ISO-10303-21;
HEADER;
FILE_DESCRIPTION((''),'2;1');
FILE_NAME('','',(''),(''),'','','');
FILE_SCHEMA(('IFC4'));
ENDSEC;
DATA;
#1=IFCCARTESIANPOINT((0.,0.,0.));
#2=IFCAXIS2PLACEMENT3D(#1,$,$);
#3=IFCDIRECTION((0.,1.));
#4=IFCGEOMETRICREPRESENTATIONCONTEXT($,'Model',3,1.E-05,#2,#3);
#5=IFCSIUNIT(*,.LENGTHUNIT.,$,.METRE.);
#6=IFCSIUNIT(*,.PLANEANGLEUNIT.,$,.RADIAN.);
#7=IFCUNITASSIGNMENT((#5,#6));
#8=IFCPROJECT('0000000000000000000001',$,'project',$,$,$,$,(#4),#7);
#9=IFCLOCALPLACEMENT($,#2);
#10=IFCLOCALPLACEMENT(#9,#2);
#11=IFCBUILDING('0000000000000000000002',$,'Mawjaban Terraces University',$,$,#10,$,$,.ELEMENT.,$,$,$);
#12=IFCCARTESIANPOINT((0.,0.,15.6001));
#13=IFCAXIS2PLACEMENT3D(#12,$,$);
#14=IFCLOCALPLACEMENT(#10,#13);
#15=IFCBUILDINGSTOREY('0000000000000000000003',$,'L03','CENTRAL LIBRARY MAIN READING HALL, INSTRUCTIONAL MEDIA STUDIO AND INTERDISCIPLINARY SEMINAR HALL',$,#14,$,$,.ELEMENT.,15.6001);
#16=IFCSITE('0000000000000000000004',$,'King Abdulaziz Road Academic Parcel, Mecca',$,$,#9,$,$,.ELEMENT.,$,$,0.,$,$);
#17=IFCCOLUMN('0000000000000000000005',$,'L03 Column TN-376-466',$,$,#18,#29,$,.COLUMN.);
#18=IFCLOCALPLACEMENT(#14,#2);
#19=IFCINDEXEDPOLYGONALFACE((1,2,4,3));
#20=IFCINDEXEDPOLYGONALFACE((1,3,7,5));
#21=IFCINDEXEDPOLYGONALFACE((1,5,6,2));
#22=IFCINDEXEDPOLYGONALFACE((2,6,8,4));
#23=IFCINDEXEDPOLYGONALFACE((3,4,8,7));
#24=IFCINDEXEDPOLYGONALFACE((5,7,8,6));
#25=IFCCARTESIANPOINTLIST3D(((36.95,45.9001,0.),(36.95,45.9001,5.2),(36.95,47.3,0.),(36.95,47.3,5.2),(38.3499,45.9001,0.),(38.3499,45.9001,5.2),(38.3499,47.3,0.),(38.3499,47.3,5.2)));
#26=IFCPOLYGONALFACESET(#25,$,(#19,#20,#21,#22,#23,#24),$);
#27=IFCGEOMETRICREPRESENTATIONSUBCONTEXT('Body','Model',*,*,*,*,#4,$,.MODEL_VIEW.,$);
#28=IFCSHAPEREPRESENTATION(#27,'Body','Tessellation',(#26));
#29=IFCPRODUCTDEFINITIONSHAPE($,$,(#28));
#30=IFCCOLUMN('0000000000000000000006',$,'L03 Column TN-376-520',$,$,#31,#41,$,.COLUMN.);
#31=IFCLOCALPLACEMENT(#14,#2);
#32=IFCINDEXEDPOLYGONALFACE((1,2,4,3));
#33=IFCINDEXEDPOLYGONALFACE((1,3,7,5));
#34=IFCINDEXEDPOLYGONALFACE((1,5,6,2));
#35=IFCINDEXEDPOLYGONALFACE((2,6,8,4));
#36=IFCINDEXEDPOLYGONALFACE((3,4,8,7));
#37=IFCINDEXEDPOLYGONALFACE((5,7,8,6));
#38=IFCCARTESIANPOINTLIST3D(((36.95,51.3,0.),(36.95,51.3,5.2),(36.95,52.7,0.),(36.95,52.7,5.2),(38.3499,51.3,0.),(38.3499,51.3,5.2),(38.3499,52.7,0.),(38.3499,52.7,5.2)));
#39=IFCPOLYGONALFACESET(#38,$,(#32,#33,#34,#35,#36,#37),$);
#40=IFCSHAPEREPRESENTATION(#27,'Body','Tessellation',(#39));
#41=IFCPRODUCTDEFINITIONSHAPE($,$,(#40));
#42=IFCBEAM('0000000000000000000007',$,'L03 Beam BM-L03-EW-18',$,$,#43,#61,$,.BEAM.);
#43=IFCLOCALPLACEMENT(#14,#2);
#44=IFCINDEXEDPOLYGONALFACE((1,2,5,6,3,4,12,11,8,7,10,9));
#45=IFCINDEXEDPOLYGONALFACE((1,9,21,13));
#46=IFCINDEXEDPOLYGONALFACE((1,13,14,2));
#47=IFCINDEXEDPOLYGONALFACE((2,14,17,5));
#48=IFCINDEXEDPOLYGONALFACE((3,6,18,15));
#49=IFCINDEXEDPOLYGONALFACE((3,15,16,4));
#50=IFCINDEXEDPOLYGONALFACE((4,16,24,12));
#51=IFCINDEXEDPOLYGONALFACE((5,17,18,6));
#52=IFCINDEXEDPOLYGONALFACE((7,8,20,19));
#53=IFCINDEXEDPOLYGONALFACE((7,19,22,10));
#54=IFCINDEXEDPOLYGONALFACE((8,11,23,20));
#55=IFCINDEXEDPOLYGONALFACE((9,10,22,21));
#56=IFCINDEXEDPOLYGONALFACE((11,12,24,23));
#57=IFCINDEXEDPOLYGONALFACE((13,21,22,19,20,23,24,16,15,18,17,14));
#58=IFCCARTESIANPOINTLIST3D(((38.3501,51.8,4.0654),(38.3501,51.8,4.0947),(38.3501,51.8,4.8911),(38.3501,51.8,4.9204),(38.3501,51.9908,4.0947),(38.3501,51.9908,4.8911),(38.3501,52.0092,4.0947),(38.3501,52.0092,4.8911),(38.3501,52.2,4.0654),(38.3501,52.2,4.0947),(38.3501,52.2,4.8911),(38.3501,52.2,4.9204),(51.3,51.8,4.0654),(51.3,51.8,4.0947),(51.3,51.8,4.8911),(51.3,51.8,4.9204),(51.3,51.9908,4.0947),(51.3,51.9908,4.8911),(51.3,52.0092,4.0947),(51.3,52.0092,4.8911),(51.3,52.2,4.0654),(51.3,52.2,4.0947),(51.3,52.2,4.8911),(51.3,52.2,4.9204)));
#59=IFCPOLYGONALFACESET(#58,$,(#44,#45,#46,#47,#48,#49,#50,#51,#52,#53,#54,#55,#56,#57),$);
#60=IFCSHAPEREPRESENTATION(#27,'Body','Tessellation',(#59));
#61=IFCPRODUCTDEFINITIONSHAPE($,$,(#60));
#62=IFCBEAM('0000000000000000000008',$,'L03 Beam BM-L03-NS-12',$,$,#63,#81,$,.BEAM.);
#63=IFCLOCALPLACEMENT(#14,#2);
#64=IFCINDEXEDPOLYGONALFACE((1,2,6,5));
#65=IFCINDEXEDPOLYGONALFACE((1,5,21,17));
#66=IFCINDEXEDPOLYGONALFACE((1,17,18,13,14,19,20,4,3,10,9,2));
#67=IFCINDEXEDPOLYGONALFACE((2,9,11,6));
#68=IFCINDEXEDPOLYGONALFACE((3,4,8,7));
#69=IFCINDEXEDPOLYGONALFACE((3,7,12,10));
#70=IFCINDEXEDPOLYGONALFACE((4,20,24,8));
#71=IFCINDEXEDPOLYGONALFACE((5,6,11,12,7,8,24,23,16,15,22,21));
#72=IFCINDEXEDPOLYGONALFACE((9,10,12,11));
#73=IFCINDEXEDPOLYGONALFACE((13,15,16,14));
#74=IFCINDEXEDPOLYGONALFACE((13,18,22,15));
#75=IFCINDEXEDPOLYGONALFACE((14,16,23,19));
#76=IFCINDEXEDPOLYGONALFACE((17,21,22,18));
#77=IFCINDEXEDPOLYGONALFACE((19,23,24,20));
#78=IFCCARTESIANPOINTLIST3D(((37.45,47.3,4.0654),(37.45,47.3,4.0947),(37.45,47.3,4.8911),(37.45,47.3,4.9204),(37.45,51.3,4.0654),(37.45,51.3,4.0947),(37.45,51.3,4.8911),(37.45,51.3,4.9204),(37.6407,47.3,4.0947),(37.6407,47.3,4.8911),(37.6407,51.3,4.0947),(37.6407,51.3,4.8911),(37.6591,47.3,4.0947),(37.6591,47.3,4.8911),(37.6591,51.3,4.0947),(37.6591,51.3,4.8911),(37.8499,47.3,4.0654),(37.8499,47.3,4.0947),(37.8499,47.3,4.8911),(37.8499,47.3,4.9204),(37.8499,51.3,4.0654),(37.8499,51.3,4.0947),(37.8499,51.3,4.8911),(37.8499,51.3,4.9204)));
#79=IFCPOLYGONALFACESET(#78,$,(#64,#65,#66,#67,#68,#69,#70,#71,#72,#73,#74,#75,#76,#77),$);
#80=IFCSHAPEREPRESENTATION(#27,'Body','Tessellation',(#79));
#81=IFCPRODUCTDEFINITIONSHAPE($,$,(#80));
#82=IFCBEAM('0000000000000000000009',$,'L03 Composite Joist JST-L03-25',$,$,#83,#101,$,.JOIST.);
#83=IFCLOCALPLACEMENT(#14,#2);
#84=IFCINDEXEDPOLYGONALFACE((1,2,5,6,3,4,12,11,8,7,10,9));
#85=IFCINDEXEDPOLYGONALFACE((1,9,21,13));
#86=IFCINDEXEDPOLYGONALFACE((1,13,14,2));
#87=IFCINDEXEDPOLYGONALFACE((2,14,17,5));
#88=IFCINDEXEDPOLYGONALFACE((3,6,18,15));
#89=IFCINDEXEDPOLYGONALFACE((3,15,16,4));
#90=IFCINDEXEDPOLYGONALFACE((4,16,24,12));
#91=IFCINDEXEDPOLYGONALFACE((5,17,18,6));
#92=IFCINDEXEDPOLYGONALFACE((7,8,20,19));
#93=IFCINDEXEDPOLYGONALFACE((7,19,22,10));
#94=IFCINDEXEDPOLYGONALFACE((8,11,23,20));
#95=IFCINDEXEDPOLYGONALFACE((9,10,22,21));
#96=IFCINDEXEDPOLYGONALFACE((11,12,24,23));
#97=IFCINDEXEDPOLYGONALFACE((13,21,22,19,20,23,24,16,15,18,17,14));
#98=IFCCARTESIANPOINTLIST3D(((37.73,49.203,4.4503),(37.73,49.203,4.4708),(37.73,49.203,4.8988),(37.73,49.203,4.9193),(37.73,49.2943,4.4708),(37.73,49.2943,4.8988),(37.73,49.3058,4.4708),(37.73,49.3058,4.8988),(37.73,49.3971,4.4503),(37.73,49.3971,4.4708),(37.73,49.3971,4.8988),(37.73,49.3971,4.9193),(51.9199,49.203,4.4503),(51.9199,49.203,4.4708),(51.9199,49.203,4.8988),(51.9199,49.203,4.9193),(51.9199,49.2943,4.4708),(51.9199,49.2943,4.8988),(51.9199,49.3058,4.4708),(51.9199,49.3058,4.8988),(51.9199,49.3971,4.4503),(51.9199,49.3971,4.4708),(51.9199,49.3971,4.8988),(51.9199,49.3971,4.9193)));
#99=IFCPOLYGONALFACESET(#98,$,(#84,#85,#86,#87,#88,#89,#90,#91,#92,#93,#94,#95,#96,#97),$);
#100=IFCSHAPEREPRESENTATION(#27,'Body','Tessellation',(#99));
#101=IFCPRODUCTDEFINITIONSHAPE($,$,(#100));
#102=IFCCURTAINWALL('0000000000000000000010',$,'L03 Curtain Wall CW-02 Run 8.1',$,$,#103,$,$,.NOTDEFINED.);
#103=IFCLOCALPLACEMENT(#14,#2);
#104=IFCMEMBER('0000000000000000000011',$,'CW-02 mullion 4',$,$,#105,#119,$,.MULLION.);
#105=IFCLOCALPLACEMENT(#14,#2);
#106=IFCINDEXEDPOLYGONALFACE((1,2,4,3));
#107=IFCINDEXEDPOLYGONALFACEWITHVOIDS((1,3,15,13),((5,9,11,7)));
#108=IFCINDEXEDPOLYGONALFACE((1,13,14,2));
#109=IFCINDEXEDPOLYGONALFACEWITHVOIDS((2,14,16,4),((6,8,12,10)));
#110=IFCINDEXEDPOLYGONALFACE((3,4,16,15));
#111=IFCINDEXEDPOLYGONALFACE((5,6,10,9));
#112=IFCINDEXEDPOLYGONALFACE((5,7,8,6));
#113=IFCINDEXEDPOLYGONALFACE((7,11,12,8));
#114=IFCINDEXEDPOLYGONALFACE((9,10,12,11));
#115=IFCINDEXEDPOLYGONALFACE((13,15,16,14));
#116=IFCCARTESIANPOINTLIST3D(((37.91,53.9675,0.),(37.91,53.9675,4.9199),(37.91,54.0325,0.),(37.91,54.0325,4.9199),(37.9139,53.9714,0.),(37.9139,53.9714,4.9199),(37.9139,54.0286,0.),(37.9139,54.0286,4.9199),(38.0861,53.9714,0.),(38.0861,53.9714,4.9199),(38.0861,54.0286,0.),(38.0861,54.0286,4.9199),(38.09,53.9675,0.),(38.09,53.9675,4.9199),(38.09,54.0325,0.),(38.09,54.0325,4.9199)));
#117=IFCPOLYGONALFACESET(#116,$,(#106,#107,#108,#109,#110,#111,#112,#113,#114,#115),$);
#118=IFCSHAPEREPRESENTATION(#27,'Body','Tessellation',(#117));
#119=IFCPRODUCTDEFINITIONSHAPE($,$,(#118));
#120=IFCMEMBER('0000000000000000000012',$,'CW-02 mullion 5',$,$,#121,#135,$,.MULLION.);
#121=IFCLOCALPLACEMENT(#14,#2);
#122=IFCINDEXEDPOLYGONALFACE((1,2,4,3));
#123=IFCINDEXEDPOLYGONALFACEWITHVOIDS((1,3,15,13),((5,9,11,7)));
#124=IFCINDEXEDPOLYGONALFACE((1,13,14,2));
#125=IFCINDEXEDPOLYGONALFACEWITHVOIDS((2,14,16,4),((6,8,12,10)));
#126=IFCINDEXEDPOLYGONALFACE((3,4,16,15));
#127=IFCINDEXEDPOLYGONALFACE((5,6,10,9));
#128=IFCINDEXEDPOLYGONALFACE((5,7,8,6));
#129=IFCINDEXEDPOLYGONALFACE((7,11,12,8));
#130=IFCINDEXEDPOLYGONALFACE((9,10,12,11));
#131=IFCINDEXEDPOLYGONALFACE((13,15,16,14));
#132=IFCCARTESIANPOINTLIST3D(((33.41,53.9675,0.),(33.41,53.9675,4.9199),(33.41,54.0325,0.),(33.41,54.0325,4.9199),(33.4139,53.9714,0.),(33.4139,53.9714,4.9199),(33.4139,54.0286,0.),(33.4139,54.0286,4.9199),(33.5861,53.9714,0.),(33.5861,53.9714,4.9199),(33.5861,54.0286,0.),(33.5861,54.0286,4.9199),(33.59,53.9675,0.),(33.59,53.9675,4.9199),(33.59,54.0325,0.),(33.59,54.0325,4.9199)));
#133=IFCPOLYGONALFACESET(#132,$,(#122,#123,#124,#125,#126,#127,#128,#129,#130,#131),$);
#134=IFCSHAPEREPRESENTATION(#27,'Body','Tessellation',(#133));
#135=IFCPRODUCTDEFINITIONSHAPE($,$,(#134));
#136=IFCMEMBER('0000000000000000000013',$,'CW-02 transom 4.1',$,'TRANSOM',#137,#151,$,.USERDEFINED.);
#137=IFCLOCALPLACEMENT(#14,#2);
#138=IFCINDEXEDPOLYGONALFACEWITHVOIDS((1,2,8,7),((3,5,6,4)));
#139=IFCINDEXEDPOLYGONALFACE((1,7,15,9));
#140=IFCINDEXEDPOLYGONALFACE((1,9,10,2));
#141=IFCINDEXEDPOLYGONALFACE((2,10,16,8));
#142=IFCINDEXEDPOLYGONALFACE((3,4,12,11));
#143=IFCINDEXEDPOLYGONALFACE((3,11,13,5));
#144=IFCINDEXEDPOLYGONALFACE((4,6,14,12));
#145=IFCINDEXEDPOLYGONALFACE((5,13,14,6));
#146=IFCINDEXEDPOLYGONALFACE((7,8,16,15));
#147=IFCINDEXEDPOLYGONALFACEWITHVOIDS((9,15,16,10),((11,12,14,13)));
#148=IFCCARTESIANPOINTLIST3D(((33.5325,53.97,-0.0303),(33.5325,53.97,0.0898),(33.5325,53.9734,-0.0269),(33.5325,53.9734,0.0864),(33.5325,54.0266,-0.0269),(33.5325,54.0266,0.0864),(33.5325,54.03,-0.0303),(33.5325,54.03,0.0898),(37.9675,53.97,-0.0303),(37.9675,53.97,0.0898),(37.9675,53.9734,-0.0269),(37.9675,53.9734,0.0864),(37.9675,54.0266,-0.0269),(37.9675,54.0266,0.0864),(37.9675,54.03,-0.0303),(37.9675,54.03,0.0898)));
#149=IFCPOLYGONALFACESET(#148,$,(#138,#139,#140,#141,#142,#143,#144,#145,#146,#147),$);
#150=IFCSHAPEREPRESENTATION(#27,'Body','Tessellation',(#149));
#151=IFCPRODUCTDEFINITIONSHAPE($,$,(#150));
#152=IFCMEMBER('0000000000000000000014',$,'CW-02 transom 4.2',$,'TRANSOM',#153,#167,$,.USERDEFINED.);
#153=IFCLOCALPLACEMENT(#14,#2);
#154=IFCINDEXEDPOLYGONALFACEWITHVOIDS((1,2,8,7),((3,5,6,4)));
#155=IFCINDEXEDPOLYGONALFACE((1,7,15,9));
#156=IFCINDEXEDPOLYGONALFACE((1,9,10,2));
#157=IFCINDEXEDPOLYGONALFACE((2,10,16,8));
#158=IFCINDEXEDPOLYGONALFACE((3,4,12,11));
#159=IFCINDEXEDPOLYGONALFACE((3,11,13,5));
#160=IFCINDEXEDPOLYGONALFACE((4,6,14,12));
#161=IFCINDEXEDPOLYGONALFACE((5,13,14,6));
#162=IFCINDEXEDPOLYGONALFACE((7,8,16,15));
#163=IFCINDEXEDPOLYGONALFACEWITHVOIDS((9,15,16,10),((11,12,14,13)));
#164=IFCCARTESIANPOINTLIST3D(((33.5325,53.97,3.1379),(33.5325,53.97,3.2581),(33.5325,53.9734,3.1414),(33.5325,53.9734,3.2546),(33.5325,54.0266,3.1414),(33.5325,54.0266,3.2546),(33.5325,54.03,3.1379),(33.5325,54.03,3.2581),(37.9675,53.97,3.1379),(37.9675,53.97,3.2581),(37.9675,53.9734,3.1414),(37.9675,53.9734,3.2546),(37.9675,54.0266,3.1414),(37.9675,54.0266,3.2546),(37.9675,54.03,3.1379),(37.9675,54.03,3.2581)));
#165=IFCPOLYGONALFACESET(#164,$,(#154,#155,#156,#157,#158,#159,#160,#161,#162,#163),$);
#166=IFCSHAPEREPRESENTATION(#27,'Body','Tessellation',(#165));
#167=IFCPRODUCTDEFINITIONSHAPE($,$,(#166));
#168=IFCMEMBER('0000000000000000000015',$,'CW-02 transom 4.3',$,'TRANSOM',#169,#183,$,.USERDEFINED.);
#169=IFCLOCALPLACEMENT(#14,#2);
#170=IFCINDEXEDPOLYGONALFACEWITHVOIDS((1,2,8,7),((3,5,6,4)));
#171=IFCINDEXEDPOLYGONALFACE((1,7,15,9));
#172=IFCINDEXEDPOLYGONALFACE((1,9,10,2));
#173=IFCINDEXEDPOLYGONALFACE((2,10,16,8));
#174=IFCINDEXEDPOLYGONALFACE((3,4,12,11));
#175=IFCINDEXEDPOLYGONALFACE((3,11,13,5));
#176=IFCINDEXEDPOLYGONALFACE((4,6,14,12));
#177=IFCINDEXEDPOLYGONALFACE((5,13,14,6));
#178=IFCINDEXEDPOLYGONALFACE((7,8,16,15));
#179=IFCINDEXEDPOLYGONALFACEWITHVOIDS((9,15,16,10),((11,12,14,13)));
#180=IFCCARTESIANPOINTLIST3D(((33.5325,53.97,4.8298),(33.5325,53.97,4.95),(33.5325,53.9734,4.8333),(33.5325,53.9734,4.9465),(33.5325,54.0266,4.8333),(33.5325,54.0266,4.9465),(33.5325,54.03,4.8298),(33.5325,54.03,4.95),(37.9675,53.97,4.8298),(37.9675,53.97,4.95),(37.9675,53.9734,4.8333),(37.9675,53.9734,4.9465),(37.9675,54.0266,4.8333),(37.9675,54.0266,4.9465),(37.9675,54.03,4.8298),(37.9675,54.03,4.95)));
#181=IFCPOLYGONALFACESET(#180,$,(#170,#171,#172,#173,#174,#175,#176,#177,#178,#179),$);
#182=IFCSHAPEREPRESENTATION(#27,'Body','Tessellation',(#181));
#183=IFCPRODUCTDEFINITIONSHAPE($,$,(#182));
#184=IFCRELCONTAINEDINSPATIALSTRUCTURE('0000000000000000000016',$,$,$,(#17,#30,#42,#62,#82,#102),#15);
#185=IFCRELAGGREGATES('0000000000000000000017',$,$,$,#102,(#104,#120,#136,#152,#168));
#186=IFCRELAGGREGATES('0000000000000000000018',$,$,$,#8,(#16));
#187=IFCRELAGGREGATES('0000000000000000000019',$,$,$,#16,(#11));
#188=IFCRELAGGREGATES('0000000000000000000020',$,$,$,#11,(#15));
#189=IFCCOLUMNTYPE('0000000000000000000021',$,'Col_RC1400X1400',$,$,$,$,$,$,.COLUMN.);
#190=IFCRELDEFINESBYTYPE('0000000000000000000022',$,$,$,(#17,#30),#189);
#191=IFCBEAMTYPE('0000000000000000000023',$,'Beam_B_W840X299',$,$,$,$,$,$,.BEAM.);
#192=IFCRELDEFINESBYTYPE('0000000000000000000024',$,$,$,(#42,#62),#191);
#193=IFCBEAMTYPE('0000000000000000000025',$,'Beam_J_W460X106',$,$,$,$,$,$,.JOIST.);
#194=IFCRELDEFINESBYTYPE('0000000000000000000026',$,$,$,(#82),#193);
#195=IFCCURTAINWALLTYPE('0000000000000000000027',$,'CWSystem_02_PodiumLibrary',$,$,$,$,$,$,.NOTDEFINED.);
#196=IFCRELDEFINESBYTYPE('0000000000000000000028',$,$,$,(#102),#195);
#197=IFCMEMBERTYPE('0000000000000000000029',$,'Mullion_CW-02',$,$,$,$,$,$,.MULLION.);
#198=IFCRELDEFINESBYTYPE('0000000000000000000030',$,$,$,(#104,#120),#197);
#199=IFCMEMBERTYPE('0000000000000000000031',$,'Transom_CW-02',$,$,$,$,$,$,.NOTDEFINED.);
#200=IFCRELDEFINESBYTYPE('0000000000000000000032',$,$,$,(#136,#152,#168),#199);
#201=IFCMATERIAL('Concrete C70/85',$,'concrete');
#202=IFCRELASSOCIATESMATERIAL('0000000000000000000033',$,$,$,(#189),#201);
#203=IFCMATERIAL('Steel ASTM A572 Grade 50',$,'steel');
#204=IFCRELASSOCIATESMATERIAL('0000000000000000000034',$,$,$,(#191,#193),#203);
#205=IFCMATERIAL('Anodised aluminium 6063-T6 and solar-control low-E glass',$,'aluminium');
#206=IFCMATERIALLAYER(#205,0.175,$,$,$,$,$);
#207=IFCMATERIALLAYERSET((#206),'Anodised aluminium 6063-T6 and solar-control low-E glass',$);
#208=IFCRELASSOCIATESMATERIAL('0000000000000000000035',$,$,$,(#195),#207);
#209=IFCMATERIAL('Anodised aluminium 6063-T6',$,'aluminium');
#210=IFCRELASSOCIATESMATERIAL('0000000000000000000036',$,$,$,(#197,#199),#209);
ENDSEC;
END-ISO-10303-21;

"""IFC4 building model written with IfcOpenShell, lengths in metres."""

from ifc_helpers import new_model, si_unit, direction, frame, origin, origin_2d, place, context, subcontext, project, spatial, rectangle, hollow_rectangle, i_section, extrude, material, layer, layer_set, material_profile, profile_set, type_object, element, aggregate, save


model = new_model("IFC4")

# Units and contexts
model_context = context("Model", 3, precision=1e-05, world=origin(), true_north=direction((0.0, 1.0)))
body_context = subcontext(model_context, "Body", "Model", "MODEL_VIEW")
ifc_project = project(units=[si_unit("LENGTHUNIT", "METRE"), si_unit("PLANEANGLEUNIT", "RADIAN")], contexts=[model_context])

# Site, building, storey
site_placement = place(None, origin())
site = spatial("IfcSite", under=ifc_project, at=site_placement, Name="King Abdulaziz Road Academic Parcel, Mecca", CompositionType="ELEMENT", RefElevation=0.0)
building_placement = place(site_placement, origin())
building = spatial("IfcBuilding", under=site, at=building_placement, Name="Mawjaban Terraces University", CompositionType="ELEMENT")
storey_placement = place(building_placement, frame((0.0, 0.0, 15.6001)))
storey = spatial("IfcBuildingStorey", under=building, at=storey_placement, Name="L03", Description="CENTRAL LIBRARY MAIN READING HALL, INSTRUCTIONAL MEDIA STUDIO AND INTERDISCIPLINARY SEMINAR HALL", CompositionType="ELEMENT", Elevation=15.6001)

# Columns
ifc_material_1 = material(Name="Concrete C70/85", Category="concrete")
ifc_material_profile_1 = material_profile(ifc_material_1, rectangle(XDim=1.3999, YDim=1.3999, at=origin_2d()), Name="RC1400X1400")
ifc_profile_set_1 = profile_set([ifc_material_profile_1], Name="Concrete C70/85")
column_type = type_object("IfcColumnType", Name="Col_RC1400X1400", PredefinedType="COLUMN", material=ifc_profile_set_1)
for number, where, z_axis, x_axis, name in (
    (1, (37.6499, 46.6001, 0.0), (0.0, 0.0, 1.0), (1.0, 0.0, 0.0), "L03 Column TN-376-466"),
    (2, (37.6499, 52.0, 0.0), (0.0, 0.0, 1.0), (1.0, 0.0, 0.0), "L03 Column TN-376-520"),
):
    element("IfcColumn", number, at=place(storey_placement, frame(where, z_axis=z_axis, x_axis=x_axis)), inside=storey, type_object=column_type, Name=name, PredefinedType="COLUMN", context=body_context, shape_type="SweptSolid", body=[
        extrude(rectangle(XDim=1.3999, YDim=1.3999, at=origin_2d()), origin(), (0.0, 0.0, 1.0), 5.2),
    ])

# Beams
ifc_material_2 = material(Name="Steel ASTM A572 Grade 50", Category="steel")
ifc_material_profile_2 = material_profile(ifc_material_2, i_section(OverallWidth=0.3999, OverallDepth=0.855, WebThickness=0.0183, FlangeThickness=0.0293, at=origin_2d()), Name="W840X299")
ifc_profile_set_2 = profile_set([ifc_material_profile_2], Name="Steel ASTM A572 Grade 50")
beam_type_1 = type_object("IfcBeamType", Name="Beam_B_W840X299", PredefinedType="BEAM", material=ifc_profile_set_2)
beam_1_placement = place(storey_placement, frame((38.3501, 52.0, 4.4929), z_axis=(1.0, 0.0, 0.0), x_axis=(0.0, 1.0, 0.0)))
element("IfcBeam", 3, at=beam_1_placement, inside=storey, type_object=beam_type_1, Name="L03 Beam BM-L03-EW-18", PredefinedType="BEAM", context=body_context, shape_type="SweptSolid", body=[
    extrude(i_section(OverallWidth=0.3999, OverallDepth=0.855, WebThickness=0.0183, FlangeThickness=0.0293, at=origin_2d()), origin(), (0.0, 0.0, 1.0), 12.95),
])
beam_2_placement = place(storey_placement, frame((37.6499, 47.3, 4.4929), z_axis=(0.0, 1.0, 0.0), x_axis=(-1.0, 0.0, 0.0)))
element("IfcBeam", 4, at=beam_2_placement, inside=storey, type_object=beam_type_1, Name="L03 Beam BM-L03-NS-12", PredefinedType="BEAM", context=body_context, shape_type="SweptSolid", body=[
    extrude(i_section(OverallWidth=0.3999, OverallDepth=0.855, WebThickness=0.0183, FlangeThickness=0.0293, at=origin_2d()), origin(), (0.0, 0.0, 1.0), 4.0),
])
ifc_material_profile_3 = material_profile(ifc_material_2, i_section(OverallWidth=0.1941, OverallDepth=0.469, WebThickness=0.0115, FlangeThickness=0.0205, at=origin_2d()), Name="W460X106")
ifc_profile_set_3 = profile_set([ifc_material_profile_3], Name="Steel ASTM A572 Grade 50")
beam_type_2 = type_object("IfcBeamType", Name="Beam_J_W460X106", PredefinedType="JOIST", material=ifc_profile_set_3)
beam_3_placement = place(storey_placement, frame((37.73, 49.3, 4.6848), z_axis=(1.0, 0.0, 0.0), x_axis=(0.0, 1.0, 0.0)))
element("IfcBeam", 5, at=beam_3_placement, inside=storey, type_object=beam_type_2, Name="L03 Composite Joist JST-L03-25", PredefinedType="JOIST", context=body_context, shape_type="SweptSolid", body=[
    extrude(i_section(OverallWidth=0.1941, OverallDepth=0.469, WebThickness=0.0115, FlangeThickness=0.0205, at=origin_2d()), origin(), (0.0, 0.0, 1.0), 14.1899),
])

# Curtain wall, members
ifc_material_3 = material(Name="Anodised aluminium 6063-T6 and solar-control low-E glass", Category="aluminium")
ifc_layer_1 = layer(ifc_material_3, 0.175)
ifc_layer_set_1 = layer_set([ifc_layer_1], Name="Anodised aluminium 6063-T6 and solar-control low-E glass")
curtain_wall_type = type_object("IfcCurtainWallType", Name="CWSystem_02_PodiumLibrary", PredefinedType="NOTDEFINED", material=ifc_layer_set_1)
curtain_wall_placement = place(storey_placement, origin())
curtain_wall = element("IfcCurtainWall", 6, at=curtain_wall_placement, inside=storey, type_object=curtain_wall_type, Name="L03 Curtain Wall CW-02 Run 8.1", PredefinedType="NOTDEFINED")
ifc_material_4 = material(Name="Anodised aluminium 6063-T6", Category="aluminium")
ifc_material_profile_4 = material_profile(ifc_material_4, hollow_rectangle(XDim=0.0649, YDim=0.1799, WallThickness=0.0039, at=origin_2d()), Name="ALU180X65X4")
ifc_profile_set_4 = profile_set([ifc_material_profile_4], Name="Anodised aluminium 6063-T6")
member_type_1 = type_object("IfcMemberType", Name="Mullion_CW-02", PredefinedType="MULLION", material=ifc_profile_set_4)
member_1_placement = place(storey_placement, frame((38.0, 54.0, 0.0), z_axis=(0.0, 0.0, 1.0), x_axis=(0.0, -1.0, 0.0)))
member_1 = element("IfcMember", 7, at=member_1_placement, type_object=member_type_1, Name="CW-02 mullion 4", PredefinedType="MULLION", context=body_context, shape_type="SweptSolid", body=[
    extrude(hollow_rectangle(XDim=0.0649, YDim=0.1799, WallThickness=0.0039, at=origin_2d()), origin(), (0.0, 0.0, 1.0), 4.9199),
])
member_2_placement = place(storey_placement, frame((33.5, 54.0, 0.0), z_axis=(0.0, 0.0, 1.0), x_axis=(0.0, -1.0, 0.0)))
member_2 = element("IfcMember", 8, at=member_2_placement, type_object=member_type_1, Name="CW-02 mullion 5", PredefinedType="MULLION", context=body_context, shape_type="SweptSolid", body=[
    extrude(hollow_rectangle(XDim=0.0649, YDim=0.1799, WallThickness=0.0039, at=origin_2d()), origin(), (0.0, 0.0, 1.0), 4.9199),
])
ifc_material_profile_5 = material_profile(ifc_material_4, hollow_rectangle(XDim=0.0601, YDim=0.1201, WallThickness=0.0034, at=origin_2d()), Name="ALU120X60X3.5")
ifc_profile_set_5 = profile_set([ifc_material_profile_5], Name="Anodised aluminium 6063-T6")
member_type_2 = type_object("IfcMemberType", Name="Transom_CW-02", PredefinedType="NOTDEFINED", material=ifc_profile_set_5)
member_3_placement = place(storey_placement, frame((37.9675, 54.0, 0.0298), z_axis=(-1.0, 0.0, 0.0), x_axis=(0.0, -1.0, 0.0)))
member_3 = element("IfcMember", 9, at=member_3_placement, type_object=member_type_2, Name="CW-02 transom 4.1", ObjectType="TRANSOM", PredefinedType="USERDEFINED", context=body_context, shape_type="SweptSolid", body=[
    extrude(hollow_rectangle(XDim=0.0601, YDim=0.1201, WallThickness=0.0034, at=origin_2d()), origin(), (0.0, 0.0, 1.0), 4.4351),
])
member_4_placement = place(storey_placement, frame((37.9675, 54.0, 3.198), z_axis=(-1.0, 0.0, 0.0), x_axis=(0.0, -1.0, 0.0)))
member_4 = element("IfcMember", 10, at=member_4_placement, type_object=member_type_2, Name="CW-02 transom 4.2", ObjectType="TRANSOM", PredefinedType="USERDEFINED", context=body_context, shape_type="SweptSolid", body=[
    extrude(hollow_rectangle(XDim=0.0601, YDim=0.1201, WallThickness=0.0034, at=origin_2d()), origin(), (0.0, 0.0, 1.0), 4.4351),
])
member_5_placement = place(storey_placement, frame((37.9675, 54.0, 4.8899), z_axis=(-1.0, 0.0, 0.0), x_axis=(0.0, -1.0, 0.0)))
member_5 = element("IfcMember", 11, at=member_5_placement, type_object=member_type_2, Name="CW-02 transom 4.3", ObjectType="TRANSOM", PredefinedType="USERDEFINED", context=body_context, shape_type="SweptSolid", body=[
    extrude(hollow_rectangle(XDim=0.0601, YDim=0.1201, WallThickness=0.0034, at=origin_2d()), origin(), (0.0, 0.0, 1.0), 4.4351),
])
aggregate(curtain_wall, [member_1, member_2, member_3, member_4, member_5])

save(model, "model.ifc")
